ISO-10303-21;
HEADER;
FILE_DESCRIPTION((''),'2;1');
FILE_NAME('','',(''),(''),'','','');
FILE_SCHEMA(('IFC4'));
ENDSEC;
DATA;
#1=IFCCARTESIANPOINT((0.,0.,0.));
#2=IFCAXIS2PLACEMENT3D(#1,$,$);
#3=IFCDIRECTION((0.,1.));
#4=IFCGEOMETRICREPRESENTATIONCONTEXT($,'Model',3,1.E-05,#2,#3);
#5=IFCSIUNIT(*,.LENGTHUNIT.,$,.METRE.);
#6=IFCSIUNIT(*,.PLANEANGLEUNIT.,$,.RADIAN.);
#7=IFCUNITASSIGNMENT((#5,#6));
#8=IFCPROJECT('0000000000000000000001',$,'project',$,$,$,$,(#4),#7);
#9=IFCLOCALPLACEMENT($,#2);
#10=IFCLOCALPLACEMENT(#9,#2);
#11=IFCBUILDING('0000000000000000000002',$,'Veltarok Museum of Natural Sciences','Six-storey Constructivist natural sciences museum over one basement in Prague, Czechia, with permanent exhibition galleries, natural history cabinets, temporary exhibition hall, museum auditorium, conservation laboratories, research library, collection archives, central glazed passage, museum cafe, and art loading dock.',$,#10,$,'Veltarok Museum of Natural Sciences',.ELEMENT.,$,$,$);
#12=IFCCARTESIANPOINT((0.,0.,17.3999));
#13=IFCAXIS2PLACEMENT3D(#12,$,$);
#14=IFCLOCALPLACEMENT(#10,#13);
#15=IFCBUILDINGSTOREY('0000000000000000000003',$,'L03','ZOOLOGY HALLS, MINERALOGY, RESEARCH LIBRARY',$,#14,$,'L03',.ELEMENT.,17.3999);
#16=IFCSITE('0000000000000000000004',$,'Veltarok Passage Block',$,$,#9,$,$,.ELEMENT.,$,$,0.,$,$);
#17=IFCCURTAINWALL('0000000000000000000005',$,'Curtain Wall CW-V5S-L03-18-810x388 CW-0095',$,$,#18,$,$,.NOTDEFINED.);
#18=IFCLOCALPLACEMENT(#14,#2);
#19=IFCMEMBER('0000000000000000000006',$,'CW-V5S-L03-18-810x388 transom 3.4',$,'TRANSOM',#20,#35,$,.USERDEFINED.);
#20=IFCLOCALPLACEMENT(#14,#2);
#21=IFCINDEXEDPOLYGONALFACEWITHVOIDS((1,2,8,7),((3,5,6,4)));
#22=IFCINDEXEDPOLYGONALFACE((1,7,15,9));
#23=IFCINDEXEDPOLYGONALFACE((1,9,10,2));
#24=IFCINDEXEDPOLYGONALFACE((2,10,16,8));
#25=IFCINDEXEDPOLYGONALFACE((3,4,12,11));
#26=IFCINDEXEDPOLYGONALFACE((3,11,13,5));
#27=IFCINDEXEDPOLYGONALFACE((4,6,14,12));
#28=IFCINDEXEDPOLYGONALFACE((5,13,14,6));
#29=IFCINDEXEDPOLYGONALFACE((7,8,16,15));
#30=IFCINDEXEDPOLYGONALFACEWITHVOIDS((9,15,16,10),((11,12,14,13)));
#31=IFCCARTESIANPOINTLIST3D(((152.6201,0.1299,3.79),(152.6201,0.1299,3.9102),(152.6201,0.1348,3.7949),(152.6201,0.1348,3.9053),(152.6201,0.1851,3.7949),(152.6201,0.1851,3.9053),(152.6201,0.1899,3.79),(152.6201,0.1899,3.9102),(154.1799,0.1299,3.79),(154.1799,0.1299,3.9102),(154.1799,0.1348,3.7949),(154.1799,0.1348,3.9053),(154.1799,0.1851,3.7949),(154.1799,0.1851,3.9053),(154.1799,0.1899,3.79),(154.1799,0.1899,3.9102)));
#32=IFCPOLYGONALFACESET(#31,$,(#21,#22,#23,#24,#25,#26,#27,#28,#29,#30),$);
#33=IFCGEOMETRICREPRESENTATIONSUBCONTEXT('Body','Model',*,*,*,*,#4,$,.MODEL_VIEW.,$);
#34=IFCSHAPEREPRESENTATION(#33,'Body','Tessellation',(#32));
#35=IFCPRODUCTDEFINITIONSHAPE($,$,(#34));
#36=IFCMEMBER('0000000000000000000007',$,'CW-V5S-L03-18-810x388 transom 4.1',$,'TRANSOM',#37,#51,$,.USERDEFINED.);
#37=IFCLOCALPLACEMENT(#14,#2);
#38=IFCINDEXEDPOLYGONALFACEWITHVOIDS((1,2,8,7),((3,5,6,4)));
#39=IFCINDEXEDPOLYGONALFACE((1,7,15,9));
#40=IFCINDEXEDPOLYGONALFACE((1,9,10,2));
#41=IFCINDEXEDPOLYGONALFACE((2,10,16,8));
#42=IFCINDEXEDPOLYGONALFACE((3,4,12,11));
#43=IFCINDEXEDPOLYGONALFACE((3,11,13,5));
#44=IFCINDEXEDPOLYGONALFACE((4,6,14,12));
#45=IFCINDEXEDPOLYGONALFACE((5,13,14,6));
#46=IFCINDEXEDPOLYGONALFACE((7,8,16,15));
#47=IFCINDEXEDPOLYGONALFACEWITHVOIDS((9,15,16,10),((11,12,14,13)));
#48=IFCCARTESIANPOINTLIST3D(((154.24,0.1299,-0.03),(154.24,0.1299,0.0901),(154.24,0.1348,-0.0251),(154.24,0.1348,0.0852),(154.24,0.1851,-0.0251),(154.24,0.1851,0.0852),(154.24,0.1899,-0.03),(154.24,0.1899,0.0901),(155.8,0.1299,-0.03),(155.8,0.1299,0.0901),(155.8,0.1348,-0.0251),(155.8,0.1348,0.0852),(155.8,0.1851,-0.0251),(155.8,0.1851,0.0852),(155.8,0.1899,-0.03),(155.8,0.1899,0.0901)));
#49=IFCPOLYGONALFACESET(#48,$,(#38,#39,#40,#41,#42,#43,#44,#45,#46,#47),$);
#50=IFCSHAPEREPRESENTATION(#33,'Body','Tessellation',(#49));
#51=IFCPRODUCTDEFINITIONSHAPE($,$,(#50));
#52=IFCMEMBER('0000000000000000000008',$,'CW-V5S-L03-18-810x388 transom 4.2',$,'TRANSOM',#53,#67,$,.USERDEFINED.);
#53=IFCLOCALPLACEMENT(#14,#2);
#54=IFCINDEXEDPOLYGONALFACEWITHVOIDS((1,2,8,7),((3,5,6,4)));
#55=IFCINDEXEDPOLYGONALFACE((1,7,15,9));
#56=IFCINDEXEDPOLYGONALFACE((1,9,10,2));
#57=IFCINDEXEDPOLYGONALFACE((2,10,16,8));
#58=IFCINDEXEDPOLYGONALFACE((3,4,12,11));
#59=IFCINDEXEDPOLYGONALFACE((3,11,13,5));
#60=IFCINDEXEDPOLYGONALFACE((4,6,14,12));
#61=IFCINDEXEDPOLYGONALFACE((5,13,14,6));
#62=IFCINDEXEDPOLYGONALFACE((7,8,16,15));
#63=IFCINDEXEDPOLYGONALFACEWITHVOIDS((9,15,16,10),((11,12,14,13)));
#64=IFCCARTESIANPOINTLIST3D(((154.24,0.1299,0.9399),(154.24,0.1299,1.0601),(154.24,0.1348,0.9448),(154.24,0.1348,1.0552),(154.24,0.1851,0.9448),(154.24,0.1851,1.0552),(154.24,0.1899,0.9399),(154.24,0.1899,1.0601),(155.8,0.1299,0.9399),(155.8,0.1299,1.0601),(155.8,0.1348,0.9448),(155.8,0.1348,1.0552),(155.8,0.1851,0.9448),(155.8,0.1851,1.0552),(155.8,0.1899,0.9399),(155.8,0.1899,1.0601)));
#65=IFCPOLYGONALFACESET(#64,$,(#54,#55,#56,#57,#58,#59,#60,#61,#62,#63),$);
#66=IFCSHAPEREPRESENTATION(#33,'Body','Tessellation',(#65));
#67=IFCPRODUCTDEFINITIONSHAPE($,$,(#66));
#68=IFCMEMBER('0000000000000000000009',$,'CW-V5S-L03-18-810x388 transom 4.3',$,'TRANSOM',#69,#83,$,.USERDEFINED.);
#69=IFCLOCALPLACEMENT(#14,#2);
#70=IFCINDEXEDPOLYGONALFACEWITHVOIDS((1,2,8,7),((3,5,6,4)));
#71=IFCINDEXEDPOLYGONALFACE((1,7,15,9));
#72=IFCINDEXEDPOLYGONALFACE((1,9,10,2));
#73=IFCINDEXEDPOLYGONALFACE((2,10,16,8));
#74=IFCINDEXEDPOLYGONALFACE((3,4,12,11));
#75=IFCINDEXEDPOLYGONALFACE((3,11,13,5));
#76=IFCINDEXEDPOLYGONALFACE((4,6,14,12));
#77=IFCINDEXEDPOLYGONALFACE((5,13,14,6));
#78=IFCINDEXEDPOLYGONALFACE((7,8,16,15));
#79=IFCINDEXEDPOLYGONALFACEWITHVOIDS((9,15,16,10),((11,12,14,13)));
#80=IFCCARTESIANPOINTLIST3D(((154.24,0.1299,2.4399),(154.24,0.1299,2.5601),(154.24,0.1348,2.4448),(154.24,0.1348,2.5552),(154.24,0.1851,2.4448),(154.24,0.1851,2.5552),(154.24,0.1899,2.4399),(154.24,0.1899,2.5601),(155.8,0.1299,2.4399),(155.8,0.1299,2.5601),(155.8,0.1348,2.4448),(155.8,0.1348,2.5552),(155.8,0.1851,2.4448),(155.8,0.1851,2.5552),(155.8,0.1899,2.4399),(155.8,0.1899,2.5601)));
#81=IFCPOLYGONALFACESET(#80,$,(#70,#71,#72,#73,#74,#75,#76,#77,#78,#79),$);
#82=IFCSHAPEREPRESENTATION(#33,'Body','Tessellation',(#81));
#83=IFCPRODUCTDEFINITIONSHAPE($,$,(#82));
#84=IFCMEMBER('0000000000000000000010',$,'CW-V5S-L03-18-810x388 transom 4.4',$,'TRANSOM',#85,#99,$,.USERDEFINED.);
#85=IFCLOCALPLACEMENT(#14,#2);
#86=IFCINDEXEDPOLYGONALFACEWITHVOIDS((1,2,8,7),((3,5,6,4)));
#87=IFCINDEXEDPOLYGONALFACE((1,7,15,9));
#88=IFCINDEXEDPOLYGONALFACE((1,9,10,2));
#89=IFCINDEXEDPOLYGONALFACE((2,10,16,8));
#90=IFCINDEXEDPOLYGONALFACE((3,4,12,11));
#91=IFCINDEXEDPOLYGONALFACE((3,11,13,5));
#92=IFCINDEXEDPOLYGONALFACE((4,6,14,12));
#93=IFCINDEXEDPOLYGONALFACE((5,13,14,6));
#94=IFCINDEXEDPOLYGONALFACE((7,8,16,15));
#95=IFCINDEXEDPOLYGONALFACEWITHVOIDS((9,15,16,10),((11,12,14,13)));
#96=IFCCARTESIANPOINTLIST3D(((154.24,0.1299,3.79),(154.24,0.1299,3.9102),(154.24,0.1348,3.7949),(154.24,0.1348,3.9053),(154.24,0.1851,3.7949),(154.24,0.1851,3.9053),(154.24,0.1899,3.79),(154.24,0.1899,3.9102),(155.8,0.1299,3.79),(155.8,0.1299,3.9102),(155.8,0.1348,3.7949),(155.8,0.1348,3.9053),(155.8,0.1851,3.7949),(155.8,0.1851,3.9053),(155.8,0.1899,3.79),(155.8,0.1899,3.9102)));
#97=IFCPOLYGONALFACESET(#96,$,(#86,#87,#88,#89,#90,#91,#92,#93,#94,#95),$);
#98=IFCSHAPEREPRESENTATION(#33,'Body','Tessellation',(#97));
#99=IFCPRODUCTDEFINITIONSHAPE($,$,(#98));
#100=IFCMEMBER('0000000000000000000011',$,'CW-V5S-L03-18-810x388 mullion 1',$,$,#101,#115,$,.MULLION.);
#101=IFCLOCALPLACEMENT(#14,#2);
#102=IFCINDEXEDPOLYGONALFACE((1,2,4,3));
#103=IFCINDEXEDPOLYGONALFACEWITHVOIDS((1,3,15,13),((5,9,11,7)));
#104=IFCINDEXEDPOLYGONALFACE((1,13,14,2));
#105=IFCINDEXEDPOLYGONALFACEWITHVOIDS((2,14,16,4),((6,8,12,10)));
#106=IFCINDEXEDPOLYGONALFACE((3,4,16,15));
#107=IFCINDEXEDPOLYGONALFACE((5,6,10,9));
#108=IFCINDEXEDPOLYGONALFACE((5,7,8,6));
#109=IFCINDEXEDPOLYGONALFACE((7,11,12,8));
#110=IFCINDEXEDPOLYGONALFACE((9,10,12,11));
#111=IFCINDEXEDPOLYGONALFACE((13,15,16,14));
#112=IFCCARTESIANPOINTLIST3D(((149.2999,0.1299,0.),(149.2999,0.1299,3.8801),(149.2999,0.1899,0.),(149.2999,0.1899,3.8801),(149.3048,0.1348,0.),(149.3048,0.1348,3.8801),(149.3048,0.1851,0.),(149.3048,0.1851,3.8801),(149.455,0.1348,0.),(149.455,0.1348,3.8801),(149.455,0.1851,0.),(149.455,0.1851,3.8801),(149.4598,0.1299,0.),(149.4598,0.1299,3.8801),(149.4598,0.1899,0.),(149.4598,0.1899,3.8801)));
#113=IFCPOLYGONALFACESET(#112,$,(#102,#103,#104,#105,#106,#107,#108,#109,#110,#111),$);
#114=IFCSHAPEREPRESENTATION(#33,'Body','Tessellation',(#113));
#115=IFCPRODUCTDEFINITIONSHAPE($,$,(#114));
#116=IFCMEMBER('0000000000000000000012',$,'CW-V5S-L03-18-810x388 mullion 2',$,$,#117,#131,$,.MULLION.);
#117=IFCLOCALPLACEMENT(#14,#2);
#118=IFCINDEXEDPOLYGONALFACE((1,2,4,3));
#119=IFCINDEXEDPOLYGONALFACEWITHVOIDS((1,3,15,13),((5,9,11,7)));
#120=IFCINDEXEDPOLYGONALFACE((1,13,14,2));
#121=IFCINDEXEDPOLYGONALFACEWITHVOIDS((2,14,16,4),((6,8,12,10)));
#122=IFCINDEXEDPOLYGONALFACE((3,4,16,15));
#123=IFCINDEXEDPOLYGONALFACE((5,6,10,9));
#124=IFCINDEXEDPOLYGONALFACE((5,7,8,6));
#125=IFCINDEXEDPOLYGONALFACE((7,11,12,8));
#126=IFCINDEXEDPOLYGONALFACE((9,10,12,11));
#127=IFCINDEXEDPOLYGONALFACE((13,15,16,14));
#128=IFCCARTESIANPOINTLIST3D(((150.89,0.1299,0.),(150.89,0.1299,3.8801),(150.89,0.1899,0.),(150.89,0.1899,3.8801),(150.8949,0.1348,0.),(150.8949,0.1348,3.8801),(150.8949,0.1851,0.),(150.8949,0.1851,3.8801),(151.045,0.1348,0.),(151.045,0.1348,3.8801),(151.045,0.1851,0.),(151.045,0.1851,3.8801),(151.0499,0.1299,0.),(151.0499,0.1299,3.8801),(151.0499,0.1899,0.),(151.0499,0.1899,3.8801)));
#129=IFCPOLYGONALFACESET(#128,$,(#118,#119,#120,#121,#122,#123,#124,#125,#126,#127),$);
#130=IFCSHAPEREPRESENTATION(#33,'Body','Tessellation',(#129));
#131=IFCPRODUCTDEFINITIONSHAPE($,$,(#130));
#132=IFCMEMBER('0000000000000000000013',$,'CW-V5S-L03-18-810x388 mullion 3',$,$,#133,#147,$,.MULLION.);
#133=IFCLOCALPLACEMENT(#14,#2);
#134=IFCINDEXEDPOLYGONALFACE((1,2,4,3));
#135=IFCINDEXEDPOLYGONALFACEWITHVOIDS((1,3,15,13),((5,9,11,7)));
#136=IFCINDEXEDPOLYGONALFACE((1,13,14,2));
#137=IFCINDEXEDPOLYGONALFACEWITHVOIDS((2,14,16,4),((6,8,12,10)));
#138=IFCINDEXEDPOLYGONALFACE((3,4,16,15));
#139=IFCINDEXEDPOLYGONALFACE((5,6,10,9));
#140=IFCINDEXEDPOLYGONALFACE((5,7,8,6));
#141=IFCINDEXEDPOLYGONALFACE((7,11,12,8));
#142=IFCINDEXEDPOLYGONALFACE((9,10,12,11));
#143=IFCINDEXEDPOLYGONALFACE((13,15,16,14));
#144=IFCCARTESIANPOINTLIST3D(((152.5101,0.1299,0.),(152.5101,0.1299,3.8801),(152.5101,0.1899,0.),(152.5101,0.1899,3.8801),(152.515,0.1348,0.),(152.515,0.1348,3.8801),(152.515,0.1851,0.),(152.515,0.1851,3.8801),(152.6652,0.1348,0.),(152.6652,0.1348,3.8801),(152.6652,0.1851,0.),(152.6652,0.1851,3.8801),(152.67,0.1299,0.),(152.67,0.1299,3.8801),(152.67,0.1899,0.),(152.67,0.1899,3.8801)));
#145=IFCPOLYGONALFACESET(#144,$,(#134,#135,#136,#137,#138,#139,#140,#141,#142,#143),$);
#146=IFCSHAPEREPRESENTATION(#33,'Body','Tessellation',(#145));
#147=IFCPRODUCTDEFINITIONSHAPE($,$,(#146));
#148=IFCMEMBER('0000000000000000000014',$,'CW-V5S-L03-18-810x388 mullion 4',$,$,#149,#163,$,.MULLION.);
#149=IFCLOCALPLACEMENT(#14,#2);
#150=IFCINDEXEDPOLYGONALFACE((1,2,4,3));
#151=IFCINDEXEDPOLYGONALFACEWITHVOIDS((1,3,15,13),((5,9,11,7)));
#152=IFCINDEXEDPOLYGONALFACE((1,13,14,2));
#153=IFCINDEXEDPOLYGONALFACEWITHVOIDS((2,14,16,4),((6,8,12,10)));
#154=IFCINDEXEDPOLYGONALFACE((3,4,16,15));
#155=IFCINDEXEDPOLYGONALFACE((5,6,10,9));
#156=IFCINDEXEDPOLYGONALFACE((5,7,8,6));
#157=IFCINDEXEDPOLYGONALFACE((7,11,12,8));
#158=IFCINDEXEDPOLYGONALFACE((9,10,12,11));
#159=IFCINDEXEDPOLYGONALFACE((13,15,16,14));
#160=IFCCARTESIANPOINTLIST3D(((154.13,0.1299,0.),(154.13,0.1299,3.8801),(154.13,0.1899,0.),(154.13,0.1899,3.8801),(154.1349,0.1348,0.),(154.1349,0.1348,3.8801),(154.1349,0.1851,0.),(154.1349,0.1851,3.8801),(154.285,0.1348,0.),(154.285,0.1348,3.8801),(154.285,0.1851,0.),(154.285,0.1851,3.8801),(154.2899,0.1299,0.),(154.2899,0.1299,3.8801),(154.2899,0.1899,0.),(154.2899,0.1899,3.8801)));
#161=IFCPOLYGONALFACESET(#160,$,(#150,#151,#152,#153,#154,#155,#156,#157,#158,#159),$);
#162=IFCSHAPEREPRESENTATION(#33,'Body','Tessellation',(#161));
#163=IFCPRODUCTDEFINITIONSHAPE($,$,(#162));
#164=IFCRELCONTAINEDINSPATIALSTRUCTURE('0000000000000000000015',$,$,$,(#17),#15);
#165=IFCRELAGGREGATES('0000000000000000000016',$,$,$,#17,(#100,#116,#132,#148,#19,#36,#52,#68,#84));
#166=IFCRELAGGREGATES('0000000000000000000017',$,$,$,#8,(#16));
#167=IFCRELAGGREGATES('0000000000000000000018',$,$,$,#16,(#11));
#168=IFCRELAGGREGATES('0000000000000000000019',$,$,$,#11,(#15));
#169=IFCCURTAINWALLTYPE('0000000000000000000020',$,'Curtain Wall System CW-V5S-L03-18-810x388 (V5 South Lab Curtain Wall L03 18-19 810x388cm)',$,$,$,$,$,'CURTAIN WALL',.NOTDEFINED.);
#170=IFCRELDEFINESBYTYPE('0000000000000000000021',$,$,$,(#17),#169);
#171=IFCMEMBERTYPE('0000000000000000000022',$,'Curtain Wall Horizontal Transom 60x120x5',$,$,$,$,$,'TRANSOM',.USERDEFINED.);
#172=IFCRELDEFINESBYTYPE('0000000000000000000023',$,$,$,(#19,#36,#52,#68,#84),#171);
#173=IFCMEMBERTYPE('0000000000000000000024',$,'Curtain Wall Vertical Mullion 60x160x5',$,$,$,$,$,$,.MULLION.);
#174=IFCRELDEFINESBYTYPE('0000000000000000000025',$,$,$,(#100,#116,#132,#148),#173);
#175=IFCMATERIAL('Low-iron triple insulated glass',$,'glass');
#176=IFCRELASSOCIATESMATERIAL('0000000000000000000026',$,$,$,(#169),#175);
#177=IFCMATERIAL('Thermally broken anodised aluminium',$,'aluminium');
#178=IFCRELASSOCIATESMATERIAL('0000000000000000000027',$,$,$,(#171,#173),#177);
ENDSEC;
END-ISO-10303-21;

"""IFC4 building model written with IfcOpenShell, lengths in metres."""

from ifc_helpers import new_model, si_unit, direction, frame, origin, origin_2d, place, context, subcontext, project, spatial, hollow_rectangle, extrude, material, material_profile, profile_set, type_object, element, aggregate, save


model = new_model("IFC4")

# Units and contexts
model_context = context("Model", 3, precision=1e-05, world=origin(), true_north=direction((0.0, 1.0)))
body_context = subcontext(model_context, "Body", "Model", "MODEL_VIEW")
ifc_project = project(units=[si_unit("LENGTHUNIT", "METRE"), si_unit("PLANEANGLEUNIT", "RADIAN")], contexts=[model_context])

# Site, building, storey
site_placement = place(None, origin())
site = spatial("IfcSite", under=ifc_project, at=site_placement, Name="Veltarok Passage Block", CompositionType="ELEMENT", RefElevation=0.0)
building_placement = place(site_placement, origin())
building = spatial("IfcBuilding", under=site, at=building_placement, Name="Veltarok Museum of Natural Sciences", Description="Six-storey Constructivist natural sciences museum over one basement in Prague, Czechia, with permanent exhibition galleries, natural history cabinets, temporary exhibition hall, museum auditorium, conservation laboratories, research library, collection archives, central glazed passage, museum cafe, and art loading dock.", LongName="Veltarok Museum of Natural Sciences", CompositionType="ELEMENT")
storey_placement = place(building_placement, frame((0.0, 0.0, 17.3999)))
storey = spatial("IfcBuildingStorey", under=building, at=storey_placement, Name="L03", Description="ZOOLOGY HALLS, MINERALOGY, RESEARCH LIBRARY", LongName="L03", CompositionType="ELEMENT", Elevation=17.3999)

# Curtain wall, members
ifc_material_1 = material(Name="Low-iron triple insulated glass", Category="glass")
curtain_wall_type = type_object("IfcCurtainWallType", Name="Curtain Wall System CW-V5S-L03-18-810x388 (V5 South Lab Curtain Wall L03 18-19 810x388cm)", ElementType="CURTAIN WALL", PredefinedType="NOTDEFINED", material=ifc_material_1)
curtain_wall_placement = place(storey_placement, origin())
curtain_wall = element("IfcCurtainWall", 1, at=curtain_wall_placement, inside=storey, type_object=curtain_wall_type, Name="Curtain Wall CW-V5S-L03-18-810x388 CW-0095", PredefinedType="NOTDEFINED")
ifc_material_2 = material(Name="Thermally broken anodised aluminium", Category="aluminium")
ifc_material_profile_1 = material_profile(ifc_material_2, hollow_rectangle(XDim=0.0601, YDim=0.1201, WallThickness=0.0049, at=origin_2d()), Name="CW TRANSOM 60x120x5")
ifc_profile_set_1 = profile_set([ifc_material_profile_1], Name="Thermally broken anodised aluminium")
member_type_1 = type_object("IfcMemberType", Name="Curtain Wall Horizontal Transom 60x120x5", ElementType="TRANSOM", PredefinedType="USERDEFINED", material=ifc_profile_set_1)
member_1_placement = place(storey_placement, frame((152.6201, 0.1599, 3.8501), z_axis=(1.0, 0.0, 0.0), x_axis=(0.0, 1.0, 0.0)))
member_1 = element("IfcMember", 2, at=member_1_placement, type_object=member_type_1, Name="CW-V5S-L03-18-810x388 transom 3.4", ObjectType="TRANSOM", PredefinedType="USERDEFINED", context=body_context, shape_type="SweptSolid", body=[
    extrude(hollow_rectangle(XDim=0.0601, YDim=0.1201, WallThickness=0.0049, at=origin_2d()), origin(), (0.0, 0.0, 1.0), 1.5598),
])
member_2_placement = place(storey_placement, frame((154.24, 0.1599, 0.03), z_axis=(1.0, 0.0, 0.0), x_axis=(0.0, 1.0, 0.0)))
member_2 = element("IfcMember", 3, at=member_2_placement, type_object=member_type_1, Name="CW-V5S-L03-18-810x388 transom 4.1", ObjectType="TRANSOM", PredefinedType="USERDEFINED", context=body_context, shape_type="SweptSolid", body=[
    extrude(hollow_rectangle(XDim=0.0601, YDim=0.1201, WallThickness=0.0049, at=origin_2d()), origin(), (0.0, 0.0, 1.0), 1.5601),
])
member_3_placement = place(storey_placement, frame((154.24, 0.1599, 1.0), z_axis=(1.0, 0.0, 0.0), x_axis=(0.0, 1.0, 0.0)))
member_3 = element("IfcMember", 4, at=member_3_placement, type_object=member_type_1, Name="CW-V5S-L03-18-810x388 transom 4.2", ObjectType="TRANSOM", PredefinedType="USERDEFINED", context=body_context, shape_type="SweptSolid", body=[
    extrude(hollow_rectangle(XDim=0.0601, YDim=0.1201, WallThickness=0.0049, at=origin_2d()), origin(), (0.0, 0.0, 1.0), 1.5601),
])
member_4_placement = place(storey_placement, frame((154.24, 0.1599, 2.5), z_axis=(1.0, 0.0, 0.0), x_axis=(0.0, 1.0, 0.0)))
member_4 = element("IfcMember", 5, at=member_4_placement, type_object=member_type_1, Name="CW-V5S-L03-18-810x388 transom 4.3", ObjectType="TRANSOM", PredefinedType="USERDEFINED", context=body_context, shape_type="SweptSolid", body=[
    extrude(hollow_rectangle(XDim=0.0601, YDim=0.1201, WallThickness=0.0049, at=origin_2d()), origin(), (0.0, 0.0, 1.0), 1.5601),
])
member_5_placement = place(storey_placement, frame((154.24, 0.1599, 3.8501), z_axis=(1.0, 0.0, 0.0), x_axis=(0.0, 1.0, 0.0)))
member_5 = element("IfcMember", 6, at=member_5_placement, type_object=member_type_1, Name="CW-V5S-L03-18-810x388 transom 4.4", ObjectType="TRANSOM", PredefinedType="USERDEFINED", context=body_context, shape_type="SweptSolid", body=[
    extrude(hollow_rectangle(XDim=0.0601, YDim=0.1201, WallThickness=0.0049, at=origin_2d()), origin(), (0.0, 0.0, 1.0), 1.5601),
])
ifc_material_profile_2 = material_profile(ifc_material_2, hollow_rectangle(XDim=0.0601, YDim=0.1599, WallThickness=0.0049, at=origin_2d()), Name="CW MULLION 60x160x5")
ifc_profile_set_2 = profile_set([ifc_material_profile_2], Name="Thermally broken anodised aluminium")
member_type_2 = type_object("IfcMemberType", Name="Curtain Wall Vertical Mullion 60x160x5", PredefinedType="MULLION", material=ifc_profile_set_2)
member_6_placement = place(storey_placement, frame((149.3799, 0.1599, 0.0), z_axis=(0.0, 0.0, 1.0), x_axis=(0.0, 1.0, 0.0)))
member_6 = element("IfcMember", 7, at=member_6_placement, type_object=member_type_2, Name="CW-V5S-L03-18-810x388 mullion 1", PredefinedType="MULLION", context=body_context, shape_type="SweptSolid", body=[
    extrude(hollow_rectangle(XDim=0.0601, YDim=0.1599, WallThickness=0.0049, at=origin_2d()), origin(), (0.0, 0.0, 1.0), 3.8801),
])
member_7_placement = place(storey_placement, frame((150.97, 0.1599, 0.0), z_axis=(0.0, 0.0, 1.0), x_axis=(0.0, 1.0, 0.0)))
member_7 = element("IfcMember", 8, at=member_7_placement, type_object=member_type_2, Name="CW-V5S-L03-18-810x388 mullion 2", PredefinedType="MULLION", context=body_context, shape_type="SweptSolid", body=[
    extrude(hollow_rectangle(XDim=0.0601, YDim=0.1599, WallThickness=0.0049, at=origin_2d()), origin(), (0.0, 0.0, 1.0), 3.8801),
])
member_8_placement = place(storey_placement, frame((152.5901, 0.1599, 0.0), z_axis=(0.0, 0.0, 1.0), x_axis=(0.0, 1.0, 0.0)))
member_8 = element("IfcMember", 9, at=member_8_placement, type_object=member_type_2, Name="CW-V5S-L03-18-810x388 mullion 3", PredefinedType="MULLION", context=body_context, shape_type="SweptSolid", body=[
    extrude(hollow_rectangle(XDim=0.0601, YDim=0.1599, WallThickness=0.0049, at=origin_2d()), origin(), (0.0, 0.0, 1.0), 3.8801),
])
member_9_placement = place(storey_placement, frame((154.21, 0.1599, 0.0), z_axis=(0.0, 0.0, 1.0), x_axis=(0.0, 1.0, 0.0)))
member_9 = element("IfcMember", 10, at=member_9_placement, type_object=member_type_2, Name="CW-V5S-L03-18-810x388 mullion 4", PredefinedType="MULLION", context=body_context, shape_type="SweptSolid", body=[
    extrude(hollow_rectangle(XDim=0.0601, YDim=0.1599, WallThickness=0.0049, at=origin_2d()), origin(), (0.0, 0.0, 1.0), 3.8801),
])

aggregate(curtain_wall, [member_6, member_7, member_8, member_9, member_1, member_2, member_3, member_4, member_5])

save(model, "model.ifc")
